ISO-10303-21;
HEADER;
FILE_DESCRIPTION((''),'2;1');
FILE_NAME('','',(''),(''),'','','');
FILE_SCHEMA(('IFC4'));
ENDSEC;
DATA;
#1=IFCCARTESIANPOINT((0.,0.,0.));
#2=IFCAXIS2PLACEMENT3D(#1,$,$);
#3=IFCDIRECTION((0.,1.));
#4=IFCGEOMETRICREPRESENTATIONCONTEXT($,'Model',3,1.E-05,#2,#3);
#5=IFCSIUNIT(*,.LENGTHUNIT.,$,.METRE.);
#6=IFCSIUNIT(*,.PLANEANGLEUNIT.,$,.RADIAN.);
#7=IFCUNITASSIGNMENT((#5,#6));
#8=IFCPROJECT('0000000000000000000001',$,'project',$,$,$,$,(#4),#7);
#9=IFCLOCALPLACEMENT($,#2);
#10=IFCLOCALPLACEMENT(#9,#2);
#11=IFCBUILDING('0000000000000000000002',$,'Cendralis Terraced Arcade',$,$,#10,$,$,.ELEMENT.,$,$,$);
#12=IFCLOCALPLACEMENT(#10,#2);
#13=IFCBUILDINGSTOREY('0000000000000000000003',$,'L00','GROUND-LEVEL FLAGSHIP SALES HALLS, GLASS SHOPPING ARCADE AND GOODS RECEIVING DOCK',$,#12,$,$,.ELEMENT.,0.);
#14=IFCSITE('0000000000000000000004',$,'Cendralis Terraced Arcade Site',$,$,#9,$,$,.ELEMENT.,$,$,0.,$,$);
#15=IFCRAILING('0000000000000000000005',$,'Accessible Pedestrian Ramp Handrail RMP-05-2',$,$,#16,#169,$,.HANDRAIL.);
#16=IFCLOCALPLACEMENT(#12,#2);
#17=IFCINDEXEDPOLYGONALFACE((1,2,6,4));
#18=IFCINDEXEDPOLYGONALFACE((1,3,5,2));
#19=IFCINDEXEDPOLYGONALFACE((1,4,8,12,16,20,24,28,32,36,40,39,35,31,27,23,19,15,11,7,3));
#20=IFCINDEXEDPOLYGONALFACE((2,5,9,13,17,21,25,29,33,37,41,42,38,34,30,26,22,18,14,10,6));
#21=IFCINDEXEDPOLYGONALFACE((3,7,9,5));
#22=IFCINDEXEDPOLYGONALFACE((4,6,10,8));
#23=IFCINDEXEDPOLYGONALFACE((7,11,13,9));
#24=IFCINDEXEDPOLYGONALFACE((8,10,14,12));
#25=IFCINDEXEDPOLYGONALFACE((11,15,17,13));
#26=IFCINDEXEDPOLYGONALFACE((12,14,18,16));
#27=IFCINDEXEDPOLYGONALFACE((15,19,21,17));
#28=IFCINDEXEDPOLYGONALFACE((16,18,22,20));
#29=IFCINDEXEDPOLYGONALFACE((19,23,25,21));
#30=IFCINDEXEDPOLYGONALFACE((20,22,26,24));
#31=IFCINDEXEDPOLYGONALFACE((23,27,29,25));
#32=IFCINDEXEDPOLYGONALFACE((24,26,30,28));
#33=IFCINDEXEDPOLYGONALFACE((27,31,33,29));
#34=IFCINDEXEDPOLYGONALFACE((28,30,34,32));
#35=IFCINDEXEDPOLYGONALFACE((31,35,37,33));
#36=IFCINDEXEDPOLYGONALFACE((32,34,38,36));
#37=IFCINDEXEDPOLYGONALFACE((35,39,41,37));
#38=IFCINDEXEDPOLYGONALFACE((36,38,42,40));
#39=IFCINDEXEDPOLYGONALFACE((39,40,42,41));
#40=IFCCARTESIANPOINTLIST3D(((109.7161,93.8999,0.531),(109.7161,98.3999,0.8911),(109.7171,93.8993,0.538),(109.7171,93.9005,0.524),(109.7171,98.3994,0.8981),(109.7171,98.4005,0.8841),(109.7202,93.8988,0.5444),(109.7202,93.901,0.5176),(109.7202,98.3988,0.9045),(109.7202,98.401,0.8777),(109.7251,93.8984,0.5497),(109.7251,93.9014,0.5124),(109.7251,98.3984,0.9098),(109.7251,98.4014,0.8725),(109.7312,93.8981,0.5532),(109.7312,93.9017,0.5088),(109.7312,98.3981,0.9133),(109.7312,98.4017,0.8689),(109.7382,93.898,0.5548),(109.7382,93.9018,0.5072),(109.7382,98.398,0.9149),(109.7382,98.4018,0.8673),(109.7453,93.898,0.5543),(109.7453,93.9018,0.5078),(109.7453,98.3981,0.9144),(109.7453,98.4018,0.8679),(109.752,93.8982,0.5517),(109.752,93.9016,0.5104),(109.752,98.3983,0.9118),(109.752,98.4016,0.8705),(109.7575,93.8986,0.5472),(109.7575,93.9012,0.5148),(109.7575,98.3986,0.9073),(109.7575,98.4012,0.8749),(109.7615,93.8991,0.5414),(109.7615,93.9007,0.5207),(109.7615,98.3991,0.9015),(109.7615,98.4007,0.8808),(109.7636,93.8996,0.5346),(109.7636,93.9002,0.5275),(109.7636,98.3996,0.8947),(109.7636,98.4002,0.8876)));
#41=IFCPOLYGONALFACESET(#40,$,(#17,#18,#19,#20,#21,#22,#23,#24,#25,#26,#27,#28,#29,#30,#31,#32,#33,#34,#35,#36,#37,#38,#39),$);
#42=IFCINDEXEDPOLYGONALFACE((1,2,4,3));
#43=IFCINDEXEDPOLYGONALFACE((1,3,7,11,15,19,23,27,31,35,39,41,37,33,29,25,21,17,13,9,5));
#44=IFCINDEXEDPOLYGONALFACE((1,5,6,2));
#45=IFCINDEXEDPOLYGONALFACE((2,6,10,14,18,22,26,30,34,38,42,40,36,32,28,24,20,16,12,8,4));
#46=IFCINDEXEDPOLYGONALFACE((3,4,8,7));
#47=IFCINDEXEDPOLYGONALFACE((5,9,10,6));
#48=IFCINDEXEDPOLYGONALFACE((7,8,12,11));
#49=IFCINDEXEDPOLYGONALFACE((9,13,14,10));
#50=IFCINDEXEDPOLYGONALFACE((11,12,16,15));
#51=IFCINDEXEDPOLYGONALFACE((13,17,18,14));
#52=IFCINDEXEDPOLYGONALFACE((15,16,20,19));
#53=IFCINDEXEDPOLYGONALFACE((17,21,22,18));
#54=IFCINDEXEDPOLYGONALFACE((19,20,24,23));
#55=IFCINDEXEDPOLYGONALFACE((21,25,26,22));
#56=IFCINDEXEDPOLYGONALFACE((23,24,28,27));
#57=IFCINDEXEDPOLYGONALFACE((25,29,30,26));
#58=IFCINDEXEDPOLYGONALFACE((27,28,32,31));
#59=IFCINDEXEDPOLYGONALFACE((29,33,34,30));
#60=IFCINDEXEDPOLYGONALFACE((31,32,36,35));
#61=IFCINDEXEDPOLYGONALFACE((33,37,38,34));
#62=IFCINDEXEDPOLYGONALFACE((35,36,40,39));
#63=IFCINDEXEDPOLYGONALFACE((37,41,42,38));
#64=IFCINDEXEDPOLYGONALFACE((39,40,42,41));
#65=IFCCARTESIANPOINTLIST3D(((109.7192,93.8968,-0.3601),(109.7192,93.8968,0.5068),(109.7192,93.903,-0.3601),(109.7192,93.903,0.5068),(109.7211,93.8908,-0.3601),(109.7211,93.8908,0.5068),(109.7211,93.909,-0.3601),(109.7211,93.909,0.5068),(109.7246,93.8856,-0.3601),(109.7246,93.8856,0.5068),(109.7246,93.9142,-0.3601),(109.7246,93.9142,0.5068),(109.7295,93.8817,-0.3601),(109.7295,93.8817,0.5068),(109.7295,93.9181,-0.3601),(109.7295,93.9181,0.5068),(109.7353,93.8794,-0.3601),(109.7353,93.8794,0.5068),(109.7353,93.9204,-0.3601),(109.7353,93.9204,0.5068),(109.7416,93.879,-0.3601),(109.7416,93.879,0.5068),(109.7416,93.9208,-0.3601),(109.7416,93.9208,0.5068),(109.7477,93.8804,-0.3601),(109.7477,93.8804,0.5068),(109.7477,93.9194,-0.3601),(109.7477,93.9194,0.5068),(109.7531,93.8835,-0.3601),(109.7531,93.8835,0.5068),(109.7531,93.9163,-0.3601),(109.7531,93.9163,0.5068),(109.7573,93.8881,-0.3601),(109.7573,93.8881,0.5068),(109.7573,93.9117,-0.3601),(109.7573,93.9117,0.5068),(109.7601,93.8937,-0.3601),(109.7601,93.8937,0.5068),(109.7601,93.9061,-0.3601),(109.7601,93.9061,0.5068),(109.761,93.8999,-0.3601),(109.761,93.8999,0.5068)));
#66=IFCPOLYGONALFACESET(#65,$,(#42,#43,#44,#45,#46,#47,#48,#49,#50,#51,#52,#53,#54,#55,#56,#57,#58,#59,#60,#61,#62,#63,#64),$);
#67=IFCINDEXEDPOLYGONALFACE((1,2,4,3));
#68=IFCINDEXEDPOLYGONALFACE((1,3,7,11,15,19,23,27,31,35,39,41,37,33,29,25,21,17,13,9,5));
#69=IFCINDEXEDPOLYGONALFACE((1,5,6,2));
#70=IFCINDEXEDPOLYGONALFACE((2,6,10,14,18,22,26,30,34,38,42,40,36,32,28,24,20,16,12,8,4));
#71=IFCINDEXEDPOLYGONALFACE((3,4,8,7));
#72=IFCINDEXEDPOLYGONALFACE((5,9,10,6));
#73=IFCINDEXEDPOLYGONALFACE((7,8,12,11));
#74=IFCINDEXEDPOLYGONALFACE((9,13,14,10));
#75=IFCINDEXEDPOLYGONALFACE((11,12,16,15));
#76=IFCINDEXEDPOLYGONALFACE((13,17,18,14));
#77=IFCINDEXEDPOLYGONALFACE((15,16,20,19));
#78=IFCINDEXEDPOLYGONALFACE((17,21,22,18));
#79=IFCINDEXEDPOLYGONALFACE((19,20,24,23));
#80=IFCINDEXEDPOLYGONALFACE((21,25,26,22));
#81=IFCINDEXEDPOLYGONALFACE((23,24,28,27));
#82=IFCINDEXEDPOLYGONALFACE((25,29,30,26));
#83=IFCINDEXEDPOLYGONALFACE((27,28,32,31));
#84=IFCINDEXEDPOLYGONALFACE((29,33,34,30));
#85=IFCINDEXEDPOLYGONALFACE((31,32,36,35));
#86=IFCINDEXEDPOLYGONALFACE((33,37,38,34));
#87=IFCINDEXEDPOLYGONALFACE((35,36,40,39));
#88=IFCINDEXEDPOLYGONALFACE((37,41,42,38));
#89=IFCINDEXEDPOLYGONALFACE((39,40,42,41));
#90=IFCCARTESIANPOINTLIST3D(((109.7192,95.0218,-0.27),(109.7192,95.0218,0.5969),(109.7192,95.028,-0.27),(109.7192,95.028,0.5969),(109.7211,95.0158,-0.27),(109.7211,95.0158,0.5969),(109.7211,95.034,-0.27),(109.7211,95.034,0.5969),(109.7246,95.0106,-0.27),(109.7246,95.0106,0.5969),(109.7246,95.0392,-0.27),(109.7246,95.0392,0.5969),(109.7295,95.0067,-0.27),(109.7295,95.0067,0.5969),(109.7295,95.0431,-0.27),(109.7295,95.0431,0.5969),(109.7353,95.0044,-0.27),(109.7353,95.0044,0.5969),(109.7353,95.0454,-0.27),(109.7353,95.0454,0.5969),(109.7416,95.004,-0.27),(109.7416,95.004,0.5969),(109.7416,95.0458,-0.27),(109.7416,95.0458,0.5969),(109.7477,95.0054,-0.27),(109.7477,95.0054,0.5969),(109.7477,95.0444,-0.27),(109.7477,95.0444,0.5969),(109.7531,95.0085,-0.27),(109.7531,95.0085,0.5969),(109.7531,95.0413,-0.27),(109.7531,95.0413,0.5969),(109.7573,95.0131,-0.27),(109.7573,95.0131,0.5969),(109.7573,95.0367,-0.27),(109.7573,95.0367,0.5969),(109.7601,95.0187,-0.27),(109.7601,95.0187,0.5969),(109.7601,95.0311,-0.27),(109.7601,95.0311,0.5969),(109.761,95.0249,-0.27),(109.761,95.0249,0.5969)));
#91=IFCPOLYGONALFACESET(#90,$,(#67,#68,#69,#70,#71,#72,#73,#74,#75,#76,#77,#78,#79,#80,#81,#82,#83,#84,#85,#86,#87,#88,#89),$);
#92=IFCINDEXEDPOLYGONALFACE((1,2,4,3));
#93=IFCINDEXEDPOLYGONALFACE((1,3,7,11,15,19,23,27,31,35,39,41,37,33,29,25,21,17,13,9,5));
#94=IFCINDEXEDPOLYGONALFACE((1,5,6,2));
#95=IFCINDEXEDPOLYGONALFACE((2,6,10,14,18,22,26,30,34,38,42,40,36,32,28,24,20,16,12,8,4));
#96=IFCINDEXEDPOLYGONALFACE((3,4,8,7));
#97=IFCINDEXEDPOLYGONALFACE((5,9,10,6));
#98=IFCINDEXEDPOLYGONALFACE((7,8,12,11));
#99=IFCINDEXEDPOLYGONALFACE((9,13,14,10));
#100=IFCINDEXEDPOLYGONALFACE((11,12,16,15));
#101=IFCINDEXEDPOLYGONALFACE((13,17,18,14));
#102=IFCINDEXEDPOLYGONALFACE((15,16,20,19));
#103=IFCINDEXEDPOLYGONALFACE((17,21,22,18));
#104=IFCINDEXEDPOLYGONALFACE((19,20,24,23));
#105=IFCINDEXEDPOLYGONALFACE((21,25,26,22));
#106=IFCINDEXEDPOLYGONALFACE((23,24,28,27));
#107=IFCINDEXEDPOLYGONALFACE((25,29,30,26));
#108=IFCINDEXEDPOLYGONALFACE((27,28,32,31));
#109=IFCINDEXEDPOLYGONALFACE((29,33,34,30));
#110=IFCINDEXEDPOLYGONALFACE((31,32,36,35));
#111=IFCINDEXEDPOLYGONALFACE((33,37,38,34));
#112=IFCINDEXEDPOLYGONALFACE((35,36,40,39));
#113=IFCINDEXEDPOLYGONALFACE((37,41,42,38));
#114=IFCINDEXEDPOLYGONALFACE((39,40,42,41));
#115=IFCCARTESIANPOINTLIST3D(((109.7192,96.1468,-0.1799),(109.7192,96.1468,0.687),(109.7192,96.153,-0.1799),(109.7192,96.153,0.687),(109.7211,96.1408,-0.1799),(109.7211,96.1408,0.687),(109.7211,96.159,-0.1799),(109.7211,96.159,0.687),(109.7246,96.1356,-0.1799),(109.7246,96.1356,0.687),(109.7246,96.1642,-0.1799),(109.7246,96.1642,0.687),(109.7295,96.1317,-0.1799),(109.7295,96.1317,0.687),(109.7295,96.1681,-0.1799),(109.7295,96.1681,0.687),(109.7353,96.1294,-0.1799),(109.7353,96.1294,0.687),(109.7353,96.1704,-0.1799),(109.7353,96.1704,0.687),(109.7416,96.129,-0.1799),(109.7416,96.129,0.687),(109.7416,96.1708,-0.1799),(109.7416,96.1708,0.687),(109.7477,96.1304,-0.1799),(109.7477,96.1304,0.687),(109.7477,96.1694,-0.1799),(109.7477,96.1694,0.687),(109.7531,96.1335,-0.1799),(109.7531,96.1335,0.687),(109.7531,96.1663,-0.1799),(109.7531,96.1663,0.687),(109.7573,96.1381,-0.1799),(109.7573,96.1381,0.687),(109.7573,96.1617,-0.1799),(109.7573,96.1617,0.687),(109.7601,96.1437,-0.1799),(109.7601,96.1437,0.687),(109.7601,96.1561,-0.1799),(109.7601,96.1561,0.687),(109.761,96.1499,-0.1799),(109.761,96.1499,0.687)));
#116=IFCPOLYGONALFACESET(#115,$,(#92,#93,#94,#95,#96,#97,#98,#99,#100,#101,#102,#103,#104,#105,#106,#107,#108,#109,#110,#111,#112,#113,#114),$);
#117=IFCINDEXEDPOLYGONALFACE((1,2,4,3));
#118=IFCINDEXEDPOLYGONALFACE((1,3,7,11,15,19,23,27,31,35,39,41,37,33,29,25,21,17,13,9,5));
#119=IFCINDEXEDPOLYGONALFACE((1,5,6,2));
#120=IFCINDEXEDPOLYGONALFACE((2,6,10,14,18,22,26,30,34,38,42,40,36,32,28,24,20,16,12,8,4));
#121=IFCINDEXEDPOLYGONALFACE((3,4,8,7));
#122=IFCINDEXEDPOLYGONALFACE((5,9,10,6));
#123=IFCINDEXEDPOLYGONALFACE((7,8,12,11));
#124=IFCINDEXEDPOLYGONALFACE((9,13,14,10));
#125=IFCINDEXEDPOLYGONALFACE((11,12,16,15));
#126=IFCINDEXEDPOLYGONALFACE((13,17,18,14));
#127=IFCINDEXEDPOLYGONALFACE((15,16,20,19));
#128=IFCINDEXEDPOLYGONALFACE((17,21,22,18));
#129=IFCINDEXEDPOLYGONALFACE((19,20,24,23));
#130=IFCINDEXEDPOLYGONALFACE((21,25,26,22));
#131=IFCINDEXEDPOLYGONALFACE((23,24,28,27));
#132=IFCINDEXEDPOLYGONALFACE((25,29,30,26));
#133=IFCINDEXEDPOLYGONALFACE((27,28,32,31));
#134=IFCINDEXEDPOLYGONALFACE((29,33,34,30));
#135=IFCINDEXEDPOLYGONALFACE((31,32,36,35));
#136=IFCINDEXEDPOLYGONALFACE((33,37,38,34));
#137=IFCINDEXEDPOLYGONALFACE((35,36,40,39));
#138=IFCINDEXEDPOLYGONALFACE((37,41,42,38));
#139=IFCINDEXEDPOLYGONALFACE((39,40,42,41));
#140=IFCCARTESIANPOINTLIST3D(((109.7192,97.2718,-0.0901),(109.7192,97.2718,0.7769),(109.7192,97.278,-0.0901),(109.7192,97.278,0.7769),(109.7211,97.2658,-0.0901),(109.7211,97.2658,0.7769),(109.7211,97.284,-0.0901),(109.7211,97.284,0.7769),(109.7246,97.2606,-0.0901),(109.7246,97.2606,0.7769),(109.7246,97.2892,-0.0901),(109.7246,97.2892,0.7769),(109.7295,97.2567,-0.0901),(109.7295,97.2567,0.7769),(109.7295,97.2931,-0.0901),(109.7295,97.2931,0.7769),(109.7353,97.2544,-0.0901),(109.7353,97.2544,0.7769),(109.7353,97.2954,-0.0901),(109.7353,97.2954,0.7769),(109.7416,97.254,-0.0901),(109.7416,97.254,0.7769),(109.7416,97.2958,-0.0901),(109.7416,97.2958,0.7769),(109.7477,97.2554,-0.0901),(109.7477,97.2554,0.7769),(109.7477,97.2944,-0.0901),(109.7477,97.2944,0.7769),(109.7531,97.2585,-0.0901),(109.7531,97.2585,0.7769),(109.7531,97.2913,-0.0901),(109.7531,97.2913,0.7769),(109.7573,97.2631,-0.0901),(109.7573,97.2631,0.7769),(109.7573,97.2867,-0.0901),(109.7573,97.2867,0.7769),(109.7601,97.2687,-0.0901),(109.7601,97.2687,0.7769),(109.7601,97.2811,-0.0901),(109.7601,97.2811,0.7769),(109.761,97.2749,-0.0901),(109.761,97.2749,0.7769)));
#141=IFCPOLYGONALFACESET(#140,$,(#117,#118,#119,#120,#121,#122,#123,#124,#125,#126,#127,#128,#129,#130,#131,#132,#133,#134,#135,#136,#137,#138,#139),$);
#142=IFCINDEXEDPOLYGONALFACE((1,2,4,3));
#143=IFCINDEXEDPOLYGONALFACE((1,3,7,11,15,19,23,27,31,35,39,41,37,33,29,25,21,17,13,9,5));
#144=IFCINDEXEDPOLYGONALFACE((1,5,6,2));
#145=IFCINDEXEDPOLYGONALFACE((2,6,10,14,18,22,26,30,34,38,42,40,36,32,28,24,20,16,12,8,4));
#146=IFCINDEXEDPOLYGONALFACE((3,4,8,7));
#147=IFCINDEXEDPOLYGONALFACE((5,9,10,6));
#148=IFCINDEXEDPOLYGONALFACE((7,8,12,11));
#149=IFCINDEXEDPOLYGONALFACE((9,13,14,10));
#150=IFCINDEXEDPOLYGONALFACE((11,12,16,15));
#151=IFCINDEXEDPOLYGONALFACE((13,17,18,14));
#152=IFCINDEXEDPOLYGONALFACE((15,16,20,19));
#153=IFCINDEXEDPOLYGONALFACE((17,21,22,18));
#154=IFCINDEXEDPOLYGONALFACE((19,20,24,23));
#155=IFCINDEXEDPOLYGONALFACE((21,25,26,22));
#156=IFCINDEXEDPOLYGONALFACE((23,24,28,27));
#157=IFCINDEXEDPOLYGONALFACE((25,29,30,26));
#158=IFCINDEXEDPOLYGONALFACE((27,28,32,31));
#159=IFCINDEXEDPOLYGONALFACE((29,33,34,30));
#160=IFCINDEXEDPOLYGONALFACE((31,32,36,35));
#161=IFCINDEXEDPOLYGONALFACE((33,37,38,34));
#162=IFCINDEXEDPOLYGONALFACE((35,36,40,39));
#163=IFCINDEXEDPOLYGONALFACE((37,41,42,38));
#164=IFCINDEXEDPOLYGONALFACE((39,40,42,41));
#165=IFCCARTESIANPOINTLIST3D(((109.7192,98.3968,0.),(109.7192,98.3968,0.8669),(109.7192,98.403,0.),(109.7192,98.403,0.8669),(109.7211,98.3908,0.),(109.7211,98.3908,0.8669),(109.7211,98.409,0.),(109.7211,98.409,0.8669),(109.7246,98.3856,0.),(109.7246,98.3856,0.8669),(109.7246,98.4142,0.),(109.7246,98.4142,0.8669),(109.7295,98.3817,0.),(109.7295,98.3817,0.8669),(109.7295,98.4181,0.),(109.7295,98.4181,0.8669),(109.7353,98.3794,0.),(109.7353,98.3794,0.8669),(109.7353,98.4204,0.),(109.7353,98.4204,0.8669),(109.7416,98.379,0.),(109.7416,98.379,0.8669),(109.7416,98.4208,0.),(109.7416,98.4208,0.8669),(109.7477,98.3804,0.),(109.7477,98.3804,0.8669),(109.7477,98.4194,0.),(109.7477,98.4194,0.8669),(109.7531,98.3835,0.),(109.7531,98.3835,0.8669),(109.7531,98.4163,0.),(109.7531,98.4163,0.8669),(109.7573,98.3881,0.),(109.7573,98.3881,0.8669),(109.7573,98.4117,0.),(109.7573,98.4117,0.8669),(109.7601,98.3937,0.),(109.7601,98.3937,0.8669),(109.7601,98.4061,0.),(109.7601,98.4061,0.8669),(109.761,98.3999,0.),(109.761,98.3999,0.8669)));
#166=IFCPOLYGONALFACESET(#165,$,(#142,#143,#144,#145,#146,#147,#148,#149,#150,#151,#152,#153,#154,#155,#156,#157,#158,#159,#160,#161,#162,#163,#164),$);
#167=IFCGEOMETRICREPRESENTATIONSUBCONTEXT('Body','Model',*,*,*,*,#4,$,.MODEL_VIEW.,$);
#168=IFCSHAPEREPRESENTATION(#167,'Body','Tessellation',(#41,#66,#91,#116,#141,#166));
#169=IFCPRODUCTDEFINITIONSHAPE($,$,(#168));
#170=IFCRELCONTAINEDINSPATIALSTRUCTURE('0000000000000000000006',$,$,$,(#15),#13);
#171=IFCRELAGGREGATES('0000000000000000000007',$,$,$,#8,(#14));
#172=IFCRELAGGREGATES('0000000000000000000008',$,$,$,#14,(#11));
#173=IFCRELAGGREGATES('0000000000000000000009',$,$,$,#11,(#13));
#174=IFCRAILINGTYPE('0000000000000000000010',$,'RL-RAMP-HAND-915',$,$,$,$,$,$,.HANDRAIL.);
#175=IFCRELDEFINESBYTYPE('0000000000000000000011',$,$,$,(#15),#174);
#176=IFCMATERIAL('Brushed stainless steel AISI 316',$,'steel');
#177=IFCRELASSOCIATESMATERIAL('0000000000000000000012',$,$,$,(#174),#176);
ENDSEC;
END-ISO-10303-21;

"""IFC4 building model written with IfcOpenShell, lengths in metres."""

from ifc_helpers import new_model, si_unit, direction, frame, origin, origin_2d, place, context, subcontext, project, spatial, circle, extrude, material, type_object, element, save


model = new_model("IFC4")

# Units and contexts
model_context = context("Model", 3, precision=1e-05, world=origin(), true_north=direction((0.0, 1.0)))
body_context = subcontext(model_context, "Body", "Model", "MODEL_VIEW")
ifc_project = project(units=[si_unit("LENGTHUNIT", "METRE"), si_unit("PLANEANGLEUNIT", "RADIAN")], contexts=[model_context])

# Site, building, storey
site_placement = place(None, origin())
site = spatial("IfcSite", under=ifc_project, at=site_placement, Name="Cendralis Terraced Arcade Site", CompositionType="ELEMENT", RefElevation=0.0)
building_placement = place(site_placement, origin())
building = spatial("IfcBuilding", under=site, at=building_placement, Name="Cendralis Terraced Arcade", CompositionType="ELEMENT")
storey_placement = place(building_placement, origin())
storey = spatial("IfcBuildingStorey", under=building, at=storey_placement, Name="L00", Description="GROUND-LEVEL FLAGSHIP SALES HALLS, GLASS SHOPPING ARCADE AND GOODS RECEIVING DOCK", CompositionType="ELEMENT", Elevation=0.0)

# Railing
ifc_material_1 = material(Name="Brushed stainless steel AISI 316", Category="steel")
railing_type = type_object("IfcRailingType", Name="RL-RAMP-HAND-915", PredefinedType="HANDRAIL", material=ifc_material_1)
railing_placement = place(storey_placement, frame((109.74, 93.8999, -0.3601)))
element("IfcRailing", 1, at=railing_placement, inside=storey, type_object=railing_type, Name="Accessible Pedestrian Ramp Handrail RMP-05-2", PredefinedType="HANDRAIL", context=body_context, shape_type="SweptSolid", body=[
    extrude(circle(Radius=0.0239, at=origin_2d()), frame((0.0, 0.0, 0.8911), z_axis=(0.0, 0.996813, 0.079769), x_axis=(-1.0, 0.0, 0.0)), (0.0, 0.0, 1.0), 4.5144),
    extrude(circle(Radius=0.021, at=origin_2d()), origin(), (0.0, 0.0, 1.0), 0.8669),
    extrude(circle(Radius=0.021, at=origin_2d()), frame((0.0, 1.125, 0.0901)), (0.0, 0.0, 1.0), 0.8669),
    extrude(circle(Radius=0.021, at=origin_2d()), frame((0.0, 2.25, 0.1802)), (0.0, 0.0, 1.0), 0.8669),
    extrude(circle(Radius=0.021, at=origin_2d()), frame((0.0, 3.375, 0.27)), (0.0, 0.0, 1.0), 0.8669),
    extrude(circle(Radius=0.021, at=origin_2d()), frame((0.0, 4.5, 0.3601)), (0.0, 0.0, 1.0), 0.8669),
])

save(model, "model.ifc")
